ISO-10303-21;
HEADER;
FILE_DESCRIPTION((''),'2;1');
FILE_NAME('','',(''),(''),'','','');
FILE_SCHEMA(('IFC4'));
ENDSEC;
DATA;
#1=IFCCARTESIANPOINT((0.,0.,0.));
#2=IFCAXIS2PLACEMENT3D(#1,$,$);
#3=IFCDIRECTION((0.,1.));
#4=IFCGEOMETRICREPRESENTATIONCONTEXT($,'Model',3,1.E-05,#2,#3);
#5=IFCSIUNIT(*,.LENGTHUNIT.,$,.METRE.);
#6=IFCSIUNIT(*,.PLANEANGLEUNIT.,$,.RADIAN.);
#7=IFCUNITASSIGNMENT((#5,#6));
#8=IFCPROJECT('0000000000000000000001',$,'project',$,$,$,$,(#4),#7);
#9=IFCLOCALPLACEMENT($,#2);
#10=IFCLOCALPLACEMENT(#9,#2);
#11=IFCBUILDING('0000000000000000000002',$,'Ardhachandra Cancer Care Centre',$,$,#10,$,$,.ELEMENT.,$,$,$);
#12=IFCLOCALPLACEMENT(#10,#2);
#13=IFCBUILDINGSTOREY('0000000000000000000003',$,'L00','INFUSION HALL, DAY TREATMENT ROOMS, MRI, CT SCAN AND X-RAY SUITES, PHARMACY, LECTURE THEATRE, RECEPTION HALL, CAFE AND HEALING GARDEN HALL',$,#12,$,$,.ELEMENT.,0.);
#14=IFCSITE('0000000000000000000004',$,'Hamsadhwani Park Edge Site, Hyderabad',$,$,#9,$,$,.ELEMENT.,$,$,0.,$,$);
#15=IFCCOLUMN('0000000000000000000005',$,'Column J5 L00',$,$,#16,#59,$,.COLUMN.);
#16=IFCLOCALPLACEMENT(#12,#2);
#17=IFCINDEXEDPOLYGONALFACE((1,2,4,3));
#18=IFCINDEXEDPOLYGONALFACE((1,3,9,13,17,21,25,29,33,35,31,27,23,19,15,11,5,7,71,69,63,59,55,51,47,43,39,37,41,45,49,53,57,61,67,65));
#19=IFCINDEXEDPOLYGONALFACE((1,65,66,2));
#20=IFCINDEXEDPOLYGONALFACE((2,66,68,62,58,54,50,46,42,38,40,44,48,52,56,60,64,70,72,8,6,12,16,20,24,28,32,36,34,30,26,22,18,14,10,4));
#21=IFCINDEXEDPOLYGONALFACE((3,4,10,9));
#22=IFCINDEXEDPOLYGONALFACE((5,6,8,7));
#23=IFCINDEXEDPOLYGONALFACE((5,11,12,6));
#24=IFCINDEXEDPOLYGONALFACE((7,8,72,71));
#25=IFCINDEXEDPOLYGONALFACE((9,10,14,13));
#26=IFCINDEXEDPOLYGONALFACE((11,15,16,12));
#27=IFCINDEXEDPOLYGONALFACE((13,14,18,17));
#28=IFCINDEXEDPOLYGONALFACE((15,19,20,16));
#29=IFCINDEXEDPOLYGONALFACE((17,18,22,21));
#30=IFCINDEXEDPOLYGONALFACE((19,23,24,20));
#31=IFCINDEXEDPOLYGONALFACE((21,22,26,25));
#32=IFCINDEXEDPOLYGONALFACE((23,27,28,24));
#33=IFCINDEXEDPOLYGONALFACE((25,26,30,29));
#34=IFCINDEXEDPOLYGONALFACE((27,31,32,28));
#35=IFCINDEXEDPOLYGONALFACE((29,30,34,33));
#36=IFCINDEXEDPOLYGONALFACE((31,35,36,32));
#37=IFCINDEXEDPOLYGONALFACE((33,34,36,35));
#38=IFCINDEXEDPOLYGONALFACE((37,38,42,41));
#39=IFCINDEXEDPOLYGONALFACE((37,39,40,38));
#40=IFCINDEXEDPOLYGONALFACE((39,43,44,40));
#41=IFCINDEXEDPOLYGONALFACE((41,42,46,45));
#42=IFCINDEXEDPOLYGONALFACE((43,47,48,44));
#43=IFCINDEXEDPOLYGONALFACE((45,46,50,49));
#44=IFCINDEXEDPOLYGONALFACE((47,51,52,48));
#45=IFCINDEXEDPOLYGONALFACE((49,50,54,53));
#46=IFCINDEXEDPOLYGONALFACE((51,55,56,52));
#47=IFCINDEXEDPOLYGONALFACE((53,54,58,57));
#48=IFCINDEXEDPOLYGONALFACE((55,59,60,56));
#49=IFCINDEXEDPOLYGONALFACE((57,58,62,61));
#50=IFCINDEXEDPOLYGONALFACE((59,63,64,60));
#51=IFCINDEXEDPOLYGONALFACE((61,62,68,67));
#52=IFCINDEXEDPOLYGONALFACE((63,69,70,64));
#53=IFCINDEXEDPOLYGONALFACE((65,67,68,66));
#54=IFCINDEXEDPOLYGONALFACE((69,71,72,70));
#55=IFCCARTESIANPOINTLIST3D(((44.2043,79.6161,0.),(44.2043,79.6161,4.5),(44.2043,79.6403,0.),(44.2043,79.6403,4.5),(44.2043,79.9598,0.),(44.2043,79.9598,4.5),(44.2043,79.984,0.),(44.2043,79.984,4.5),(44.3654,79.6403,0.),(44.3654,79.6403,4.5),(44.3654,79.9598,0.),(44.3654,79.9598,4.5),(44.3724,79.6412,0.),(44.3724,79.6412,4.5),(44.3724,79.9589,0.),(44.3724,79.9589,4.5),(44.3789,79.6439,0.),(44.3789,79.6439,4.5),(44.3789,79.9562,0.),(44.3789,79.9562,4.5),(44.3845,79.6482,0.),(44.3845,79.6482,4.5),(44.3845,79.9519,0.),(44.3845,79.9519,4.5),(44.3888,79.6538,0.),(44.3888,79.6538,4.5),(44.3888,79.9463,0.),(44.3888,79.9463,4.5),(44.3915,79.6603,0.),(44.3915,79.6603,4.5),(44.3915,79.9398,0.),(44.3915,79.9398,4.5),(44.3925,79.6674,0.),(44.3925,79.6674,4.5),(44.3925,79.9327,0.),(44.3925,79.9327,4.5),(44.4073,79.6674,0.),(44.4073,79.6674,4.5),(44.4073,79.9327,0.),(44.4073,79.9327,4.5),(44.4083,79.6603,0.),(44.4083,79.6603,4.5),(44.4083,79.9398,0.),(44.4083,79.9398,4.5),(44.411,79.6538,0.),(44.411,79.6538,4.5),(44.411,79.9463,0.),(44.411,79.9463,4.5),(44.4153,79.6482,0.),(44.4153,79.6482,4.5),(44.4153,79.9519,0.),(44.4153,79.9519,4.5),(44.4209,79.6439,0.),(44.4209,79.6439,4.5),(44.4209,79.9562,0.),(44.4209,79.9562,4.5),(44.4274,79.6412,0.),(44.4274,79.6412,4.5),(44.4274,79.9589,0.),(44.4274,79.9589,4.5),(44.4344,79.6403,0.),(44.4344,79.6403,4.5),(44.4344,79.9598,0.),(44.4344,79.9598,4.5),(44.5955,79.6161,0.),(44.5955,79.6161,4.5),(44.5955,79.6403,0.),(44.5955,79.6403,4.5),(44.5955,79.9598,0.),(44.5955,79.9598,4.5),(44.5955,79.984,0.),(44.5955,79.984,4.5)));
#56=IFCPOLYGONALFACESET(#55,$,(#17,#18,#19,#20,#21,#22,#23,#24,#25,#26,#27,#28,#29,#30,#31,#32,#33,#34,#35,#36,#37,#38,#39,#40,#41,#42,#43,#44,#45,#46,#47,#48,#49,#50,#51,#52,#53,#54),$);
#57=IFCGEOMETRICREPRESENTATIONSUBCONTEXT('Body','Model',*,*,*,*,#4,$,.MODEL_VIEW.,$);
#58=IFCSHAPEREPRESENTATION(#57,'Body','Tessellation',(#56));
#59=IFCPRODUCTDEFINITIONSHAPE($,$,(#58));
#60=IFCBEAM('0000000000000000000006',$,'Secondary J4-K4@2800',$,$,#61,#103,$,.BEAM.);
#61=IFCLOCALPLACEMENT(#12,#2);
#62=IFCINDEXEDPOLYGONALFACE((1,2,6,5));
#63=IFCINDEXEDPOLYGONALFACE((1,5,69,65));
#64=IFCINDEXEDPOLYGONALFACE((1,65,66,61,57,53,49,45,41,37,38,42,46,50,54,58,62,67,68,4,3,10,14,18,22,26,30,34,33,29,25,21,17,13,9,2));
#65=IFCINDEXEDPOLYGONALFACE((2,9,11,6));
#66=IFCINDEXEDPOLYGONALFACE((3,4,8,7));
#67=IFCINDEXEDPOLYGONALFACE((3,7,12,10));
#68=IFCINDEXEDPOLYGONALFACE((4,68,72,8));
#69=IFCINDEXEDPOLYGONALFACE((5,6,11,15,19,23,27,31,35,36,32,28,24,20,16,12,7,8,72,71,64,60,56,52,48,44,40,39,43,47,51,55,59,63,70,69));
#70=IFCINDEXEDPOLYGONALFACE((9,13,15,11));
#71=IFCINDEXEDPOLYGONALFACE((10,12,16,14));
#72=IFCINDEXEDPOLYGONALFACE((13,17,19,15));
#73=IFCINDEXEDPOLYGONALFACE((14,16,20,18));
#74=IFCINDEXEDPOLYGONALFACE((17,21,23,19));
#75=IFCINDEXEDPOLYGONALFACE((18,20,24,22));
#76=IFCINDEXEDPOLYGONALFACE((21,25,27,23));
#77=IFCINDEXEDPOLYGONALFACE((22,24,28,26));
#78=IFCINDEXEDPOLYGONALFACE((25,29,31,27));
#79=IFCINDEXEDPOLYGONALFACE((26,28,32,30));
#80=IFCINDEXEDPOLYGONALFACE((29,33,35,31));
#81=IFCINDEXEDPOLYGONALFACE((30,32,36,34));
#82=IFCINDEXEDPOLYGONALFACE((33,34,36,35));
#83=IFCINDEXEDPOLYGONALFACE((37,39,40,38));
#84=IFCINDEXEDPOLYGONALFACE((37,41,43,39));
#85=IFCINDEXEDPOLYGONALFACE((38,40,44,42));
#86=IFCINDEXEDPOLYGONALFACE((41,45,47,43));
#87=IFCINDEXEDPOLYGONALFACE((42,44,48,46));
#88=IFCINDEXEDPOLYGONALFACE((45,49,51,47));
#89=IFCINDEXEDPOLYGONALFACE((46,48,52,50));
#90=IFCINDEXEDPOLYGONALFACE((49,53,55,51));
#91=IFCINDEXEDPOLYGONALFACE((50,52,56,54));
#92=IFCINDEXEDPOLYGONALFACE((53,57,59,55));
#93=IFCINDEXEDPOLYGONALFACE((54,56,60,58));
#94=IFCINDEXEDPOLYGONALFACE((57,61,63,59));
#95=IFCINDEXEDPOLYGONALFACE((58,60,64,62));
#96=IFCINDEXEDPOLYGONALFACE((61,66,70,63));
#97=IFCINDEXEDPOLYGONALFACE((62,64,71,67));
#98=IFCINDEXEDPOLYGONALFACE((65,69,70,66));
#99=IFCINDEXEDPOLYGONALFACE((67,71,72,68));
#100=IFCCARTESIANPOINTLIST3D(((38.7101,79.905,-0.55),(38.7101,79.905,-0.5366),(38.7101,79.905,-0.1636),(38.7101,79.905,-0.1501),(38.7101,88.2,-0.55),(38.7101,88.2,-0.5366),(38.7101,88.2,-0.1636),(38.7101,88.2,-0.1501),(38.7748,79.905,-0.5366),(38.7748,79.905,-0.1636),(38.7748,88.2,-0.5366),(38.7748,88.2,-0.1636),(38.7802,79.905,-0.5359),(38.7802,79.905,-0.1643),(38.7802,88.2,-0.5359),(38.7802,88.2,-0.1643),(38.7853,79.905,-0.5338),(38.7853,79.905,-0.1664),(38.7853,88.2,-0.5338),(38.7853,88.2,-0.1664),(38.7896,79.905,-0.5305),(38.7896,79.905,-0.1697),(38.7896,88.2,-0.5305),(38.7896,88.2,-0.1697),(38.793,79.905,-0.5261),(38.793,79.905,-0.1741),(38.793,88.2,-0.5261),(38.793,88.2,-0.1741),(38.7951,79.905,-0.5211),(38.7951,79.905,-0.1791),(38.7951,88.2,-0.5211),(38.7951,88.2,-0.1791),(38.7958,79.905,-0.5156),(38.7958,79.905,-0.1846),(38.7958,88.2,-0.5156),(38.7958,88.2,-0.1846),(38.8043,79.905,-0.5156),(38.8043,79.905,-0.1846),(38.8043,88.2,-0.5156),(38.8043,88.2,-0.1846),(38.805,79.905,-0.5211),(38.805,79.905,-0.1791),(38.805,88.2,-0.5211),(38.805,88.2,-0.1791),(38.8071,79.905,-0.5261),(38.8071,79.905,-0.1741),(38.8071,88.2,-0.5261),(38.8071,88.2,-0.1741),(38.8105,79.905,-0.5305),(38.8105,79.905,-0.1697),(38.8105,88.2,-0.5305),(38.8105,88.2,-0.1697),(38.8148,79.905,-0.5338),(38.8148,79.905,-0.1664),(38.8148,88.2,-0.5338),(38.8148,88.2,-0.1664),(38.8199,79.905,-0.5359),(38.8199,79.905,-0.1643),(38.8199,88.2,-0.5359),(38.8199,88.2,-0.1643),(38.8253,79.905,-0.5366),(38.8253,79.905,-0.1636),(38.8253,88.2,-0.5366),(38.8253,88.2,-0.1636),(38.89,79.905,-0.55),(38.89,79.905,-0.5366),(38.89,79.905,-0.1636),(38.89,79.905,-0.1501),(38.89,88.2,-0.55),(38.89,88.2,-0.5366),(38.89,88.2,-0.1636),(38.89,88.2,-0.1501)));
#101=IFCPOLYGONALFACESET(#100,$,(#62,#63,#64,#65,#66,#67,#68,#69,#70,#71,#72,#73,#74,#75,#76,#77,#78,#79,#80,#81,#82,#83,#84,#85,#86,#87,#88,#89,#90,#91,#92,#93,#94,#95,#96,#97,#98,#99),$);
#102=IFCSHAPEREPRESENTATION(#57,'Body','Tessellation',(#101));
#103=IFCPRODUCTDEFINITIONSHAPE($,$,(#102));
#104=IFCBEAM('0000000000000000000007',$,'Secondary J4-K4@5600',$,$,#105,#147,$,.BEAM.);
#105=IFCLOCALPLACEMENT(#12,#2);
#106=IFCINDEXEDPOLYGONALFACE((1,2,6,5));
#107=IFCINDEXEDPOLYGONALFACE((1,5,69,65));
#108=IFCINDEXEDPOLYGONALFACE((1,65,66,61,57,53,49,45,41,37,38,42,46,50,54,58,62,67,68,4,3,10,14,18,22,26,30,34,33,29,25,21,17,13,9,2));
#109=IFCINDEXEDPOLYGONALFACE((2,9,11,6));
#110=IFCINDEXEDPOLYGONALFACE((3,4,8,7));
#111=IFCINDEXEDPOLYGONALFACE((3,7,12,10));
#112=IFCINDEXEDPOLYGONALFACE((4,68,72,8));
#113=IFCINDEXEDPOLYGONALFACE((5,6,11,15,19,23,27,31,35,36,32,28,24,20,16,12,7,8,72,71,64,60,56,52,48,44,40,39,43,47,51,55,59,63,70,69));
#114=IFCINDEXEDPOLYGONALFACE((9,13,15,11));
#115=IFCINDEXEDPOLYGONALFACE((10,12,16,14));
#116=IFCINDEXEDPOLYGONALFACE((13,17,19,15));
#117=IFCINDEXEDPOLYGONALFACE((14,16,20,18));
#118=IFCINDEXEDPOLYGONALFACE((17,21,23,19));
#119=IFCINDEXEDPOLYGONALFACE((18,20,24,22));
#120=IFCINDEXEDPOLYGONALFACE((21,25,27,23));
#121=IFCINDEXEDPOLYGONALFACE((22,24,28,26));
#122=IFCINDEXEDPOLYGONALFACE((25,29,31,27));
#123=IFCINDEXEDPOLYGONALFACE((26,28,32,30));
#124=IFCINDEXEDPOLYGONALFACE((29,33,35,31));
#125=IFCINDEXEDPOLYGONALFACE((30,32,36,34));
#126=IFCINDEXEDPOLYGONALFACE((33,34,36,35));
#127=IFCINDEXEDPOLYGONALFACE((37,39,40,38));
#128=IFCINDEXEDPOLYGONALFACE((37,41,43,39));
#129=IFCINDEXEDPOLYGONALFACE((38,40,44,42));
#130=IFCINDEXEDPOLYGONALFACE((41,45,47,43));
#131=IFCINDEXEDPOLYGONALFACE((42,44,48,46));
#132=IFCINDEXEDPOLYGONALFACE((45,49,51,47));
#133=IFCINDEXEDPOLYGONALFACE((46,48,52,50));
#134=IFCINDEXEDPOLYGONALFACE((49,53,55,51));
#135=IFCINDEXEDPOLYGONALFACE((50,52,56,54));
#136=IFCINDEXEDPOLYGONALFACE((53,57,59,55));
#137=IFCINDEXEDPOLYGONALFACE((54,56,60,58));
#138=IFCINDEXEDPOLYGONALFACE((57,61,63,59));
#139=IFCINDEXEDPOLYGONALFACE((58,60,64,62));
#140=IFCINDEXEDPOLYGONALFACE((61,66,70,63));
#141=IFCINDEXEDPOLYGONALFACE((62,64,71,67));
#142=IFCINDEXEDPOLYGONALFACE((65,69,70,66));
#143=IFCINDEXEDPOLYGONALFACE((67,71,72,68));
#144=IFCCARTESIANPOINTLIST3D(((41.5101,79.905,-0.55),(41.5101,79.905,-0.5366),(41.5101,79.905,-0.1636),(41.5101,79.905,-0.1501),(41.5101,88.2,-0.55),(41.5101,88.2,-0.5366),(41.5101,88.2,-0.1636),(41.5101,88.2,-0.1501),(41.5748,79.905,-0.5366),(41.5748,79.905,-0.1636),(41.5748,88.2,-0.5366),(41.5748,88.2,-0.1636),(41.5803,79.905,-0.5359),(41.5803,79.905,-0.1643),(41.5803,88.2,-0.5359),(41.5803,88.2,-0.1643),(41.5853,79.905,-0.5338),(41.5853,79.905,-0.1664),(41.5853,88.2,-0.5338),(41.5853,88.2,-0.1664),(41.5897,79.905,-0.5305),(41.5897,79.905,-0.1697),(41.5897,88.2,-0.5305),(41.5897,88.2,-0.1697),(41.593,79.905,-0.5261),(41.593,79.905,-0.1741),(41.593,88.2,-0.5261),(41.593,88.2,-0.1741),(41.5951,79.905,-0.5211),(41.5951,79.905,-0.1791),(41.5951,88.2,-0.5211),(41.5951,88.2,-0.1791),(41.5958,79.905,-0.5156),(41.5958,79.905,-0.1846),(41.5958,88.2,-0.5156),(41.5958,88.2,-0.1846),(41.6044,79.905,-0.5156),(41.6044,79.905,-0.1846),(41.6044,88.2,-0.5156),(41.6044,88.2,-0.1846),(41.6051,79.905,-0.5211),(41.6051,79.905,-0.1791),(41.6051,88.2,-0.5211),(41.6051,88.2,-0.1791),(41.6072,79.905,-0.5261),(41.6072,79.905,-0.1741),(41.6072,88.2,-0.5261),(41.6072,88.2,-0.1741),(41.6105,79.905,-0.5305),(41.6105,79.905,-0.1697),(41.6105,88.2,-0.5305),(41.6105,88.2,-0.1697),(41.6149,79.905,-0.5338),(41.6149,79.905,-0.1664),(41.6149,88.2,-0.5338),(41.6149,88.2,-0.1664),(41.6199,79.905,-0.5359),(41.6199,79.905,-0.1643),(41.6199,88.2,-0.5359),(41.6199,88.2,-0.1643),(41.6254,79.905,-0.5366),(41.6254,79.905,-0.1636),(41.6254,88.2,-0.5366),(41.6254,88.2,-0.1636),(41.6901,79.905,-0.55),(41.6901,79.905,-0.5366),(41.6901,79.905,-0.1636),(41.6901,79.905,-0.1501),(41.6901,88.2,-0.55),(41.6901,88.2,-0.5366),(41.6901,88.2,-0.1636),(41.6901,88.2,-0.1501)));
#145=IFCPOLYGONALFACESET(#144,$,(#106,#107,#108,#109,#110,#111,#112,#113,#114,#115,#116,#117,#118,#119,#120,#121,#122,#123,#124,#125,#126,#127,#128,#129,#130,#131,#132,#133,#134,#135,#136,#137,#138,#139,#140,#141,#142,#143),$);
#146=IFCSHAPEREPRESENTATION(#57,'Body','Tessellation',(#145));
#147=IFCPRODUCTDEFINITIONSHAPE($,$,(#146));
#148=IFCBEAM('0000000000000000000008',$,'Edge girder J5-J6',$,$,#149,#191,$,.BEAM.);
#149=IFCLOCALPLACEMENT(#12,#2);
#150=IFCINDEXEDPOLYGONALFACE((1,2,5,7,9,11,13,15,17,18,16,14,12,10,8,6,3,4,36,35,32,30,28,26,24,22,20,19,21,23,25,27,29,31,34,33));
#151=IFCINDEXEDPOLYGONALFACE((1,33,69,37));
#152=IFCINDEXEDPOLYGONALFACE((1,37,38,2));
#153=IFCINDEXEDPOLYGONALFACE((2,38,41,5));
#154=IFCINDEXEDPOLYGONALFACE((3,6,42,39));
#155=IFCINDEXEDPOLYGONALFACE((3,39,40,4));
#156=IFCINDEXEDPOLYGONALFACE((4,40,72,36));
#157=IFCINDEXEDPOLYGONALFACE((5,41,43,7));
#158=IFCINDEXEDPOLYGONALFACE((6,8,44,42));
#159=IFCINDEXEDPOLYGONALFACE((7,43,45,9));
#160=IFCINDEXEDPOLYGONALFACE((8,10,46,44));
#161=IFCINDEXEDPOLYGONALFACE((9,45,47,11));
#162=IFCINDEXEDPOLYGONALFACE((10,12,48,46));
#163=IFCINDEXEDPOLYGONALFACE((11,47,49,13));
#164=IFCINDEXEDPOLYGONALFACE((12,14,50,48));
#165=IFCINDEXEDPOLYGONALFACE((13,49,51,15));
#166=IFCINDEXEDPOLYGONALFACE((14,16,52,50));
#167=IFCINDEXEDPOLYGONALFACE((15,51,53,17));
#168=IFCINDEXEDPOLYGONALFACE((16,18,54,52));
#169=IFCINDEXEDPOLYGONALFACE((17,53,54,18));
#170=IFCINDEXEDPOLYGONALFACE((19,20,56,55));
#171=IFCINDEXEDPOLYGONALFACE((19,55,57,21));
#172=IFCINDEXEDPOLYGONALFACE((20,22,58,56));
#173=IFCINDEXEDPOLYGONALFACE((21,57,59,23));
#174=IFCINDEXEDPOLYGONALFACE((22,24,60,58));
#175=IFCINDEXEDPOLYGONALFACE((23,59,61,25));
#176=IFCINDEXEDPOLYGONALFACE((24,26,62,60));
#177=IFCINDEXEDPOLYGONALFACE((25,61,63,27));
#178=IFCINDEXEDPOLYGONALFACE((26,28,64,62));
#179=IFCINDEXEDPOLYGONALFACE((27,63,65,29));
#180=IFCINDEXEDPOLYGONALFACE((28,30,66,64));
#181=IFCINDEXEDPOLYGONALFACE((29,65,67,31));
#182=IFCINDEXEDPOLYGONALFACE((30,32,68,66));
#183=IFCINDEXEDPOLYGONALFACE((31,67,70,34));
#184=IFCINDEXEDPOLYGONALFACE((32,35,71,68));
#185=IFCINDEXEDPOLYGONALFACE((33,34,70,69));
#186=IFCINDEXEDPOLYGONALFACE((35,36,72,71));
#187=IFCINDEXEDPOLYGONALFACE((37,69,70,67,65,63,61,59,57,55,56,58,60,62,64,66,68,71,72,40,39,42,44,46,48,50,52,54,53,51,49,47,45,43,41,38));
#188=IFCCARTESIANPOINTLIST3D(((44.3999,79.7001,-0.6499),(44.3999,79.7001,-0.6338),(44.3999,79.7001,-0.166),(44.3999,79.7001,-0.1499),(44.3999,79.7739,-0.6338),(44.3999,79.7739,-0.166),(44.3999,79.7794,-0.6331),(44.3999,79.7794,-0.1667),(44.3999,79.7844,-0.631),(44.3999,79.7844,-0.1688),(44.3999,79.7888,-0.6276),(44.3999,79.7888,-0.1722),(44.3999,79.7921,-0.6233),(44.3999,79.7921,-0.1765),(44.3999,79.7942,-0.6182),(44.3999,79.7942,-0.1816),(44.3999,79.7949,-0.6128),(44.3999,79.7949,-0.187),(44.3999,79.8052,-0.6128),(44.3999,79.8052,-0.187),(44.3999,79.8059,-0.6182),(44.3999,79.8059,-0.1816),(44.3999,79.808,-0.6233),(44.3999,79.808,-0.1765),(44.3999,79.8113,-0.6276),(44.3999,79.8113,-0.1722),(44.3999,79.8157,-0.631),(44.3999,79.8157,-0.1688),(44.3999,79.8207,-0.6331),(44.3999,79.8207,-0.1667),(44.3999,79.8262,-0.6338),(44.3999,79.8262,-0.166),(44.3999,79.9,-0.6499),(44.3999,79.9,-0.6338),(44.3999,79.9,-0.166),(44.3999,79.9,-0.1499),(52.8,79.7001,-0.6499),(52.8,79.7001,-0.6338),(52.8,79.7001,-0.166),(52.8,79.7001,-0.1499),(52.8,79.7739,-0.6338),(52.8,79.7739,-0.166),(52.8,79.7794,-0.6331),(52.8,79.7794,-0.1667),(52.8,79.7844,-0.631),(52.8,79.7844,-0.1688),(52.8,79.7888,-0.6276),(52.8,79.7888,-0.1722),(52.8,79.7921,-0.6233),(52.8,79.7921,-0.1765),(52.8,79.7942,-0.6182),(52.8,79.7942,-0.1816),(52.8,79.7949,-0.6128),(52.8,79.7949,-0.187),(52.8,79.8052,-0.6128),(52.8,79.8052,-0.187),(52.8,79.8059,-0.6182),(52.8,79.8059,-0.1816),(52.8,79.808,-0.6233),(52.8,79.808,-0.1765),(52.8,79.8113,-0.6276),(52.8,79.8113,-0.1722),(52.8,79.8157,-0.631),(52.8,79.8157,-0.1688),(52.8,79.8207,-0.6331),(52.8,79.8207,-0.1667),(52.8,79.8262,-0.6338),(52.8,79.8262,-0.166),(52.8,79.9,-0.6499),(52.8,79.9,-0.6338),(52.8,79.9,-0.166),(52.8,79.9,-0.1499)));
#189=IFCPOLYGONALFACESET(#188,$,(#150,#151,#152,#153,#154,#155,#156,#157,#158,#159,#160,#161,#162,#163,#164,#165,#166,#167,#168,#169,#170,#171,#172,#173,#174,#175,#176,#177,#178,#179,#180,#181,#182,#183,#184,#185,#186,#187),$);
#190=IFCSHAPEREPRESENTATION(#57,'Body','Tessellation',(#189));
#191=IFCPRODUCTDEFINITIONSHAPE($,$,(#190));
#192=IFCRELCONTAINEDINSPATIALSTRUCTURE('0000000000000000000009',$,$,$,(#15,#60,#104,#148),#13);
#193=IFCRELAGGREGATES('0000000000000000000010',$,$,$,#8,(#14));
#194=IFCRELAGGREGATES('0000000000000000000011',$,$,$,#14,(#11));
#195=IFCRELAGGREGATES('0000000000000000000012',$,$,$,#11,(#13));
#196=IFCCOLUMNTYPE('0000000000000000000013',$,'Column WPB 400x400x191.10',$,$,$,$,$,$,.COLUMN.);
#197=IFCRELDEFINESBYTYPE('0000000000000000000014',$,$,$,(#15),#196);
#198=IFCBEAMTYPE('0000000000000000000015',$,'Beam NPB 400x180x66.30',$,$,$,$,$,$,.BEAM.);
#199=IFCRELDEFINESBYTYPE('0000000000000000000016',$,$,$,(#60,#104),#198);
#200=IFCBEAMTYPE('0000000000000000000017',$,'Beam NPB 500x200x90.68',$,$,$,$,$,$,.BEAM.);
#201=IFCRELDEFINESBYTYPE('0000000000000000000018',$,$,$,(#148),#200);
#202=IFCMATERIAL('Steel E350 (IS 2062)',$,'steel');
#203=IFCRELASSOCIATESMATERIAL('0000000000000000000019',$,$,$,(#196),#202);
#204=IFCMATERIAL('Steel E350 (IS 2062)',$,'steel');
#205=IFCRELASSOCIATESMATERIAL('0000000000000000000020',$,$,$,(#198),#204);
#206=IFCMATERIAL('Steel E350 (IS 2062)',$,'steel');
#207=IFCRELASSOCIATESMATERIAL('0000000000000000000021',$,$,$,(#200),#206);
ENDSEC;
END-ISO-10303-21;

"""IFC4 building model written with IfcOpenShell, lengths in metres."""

from ifc_helpers import new_model, si_unit, direction, frame, origin, origin_2d, place, context, subcontext, project, spatial, i_section, extrude, material, material_profile, profile_set, type_object, element, save


model = new_model("IFC4")

# Units and contexts
model_context = context("Model", 3, precision=1e-05, world=origin(), true_north=direction((0.0, 1.0)))
body_context = subcontext(model_context, "Body", "Model", "MODEL_VIEW")
ifc_project = project(units=[si_unit("LENGTHUNIT", "METRE"), si_unit("PLANEANGLEUNIT", "RADIAN")], contexts=[model_context])

# Site, building, storey
site_placement = place(None, origin())
site = spatial("IfcSite", under=ifc_project, at=site_placement, Name="Hamsadhwani Park Edge Site, Hyderabad", CompositionType="ELEMENT", RefElevation=0.0)
building_placement = place(site_placement, origin())
building = spatial("IfcBuilding", under=site, at=building_placement, Name="Ardhachandra Cancer Care Centre", CompositionType="ELEMENT")
storey_placement = place(building_placement, origin())
storey = spatial("IfcBuildingStorey", under=building, at=storey_placement, Name="L00", Description="INFUSION HALL, DAY TREATMENT ROOMS, MRI, CT SCAN AND X-RAY SUITES, PHARMACY, LECTURE THEATRE, RECEPTION HALL, CAFE AND HEALING GARDEN HALL", CompositionType="ELEMENT", Elevation=0.0)

# Column
ifc_material_1 = material(Name="Steel E350 (IS 2062)", Category="steel")
ifc_material_profile_1 = material_profile(ifc_material_1, i_section(OverallWidth=0.3911, OverallDepth=0.3679, WebThickness=0.0149, FlangeThickness=0.0242, FilletRadius=0.0271, at=origin_2d()), Name="WPB 400x400x191.10")
ifc_profile_set_1 = profile_set([ifc_material_profile_1], Name="Steel E350 (IS 2062)")
column_type = type_object("IfcColumnType", Name="Column WPB 400x400x191.10", PredefinedType="COLUMN", material=ifc_profile_set_1)
column_placement = place(storey_placement, frame((44.3999, 79.8, 0.0), z_axis=(0.0, 0.0, 1.0), x_axis=(1.0, 0.0, 0.0)))
element("IfcColumn", 1, at=column_placement, inside=storey, type_object=column_type, Name="Column J5 L00", PredefinedType="COLUMN", context=body_context, shape_type="SweptSolid", body=[
    extrude(i_section(OverallWidth=0.3911, OverallDepth=0.3679, WebThickness=0.0149, FlangeThickness=0.0242, FilletRadius=0.0271, at=origin_2d()), origin(), (0.0, 0.0, 1.0), 4.5),
])

# Beams
ifc_material_2 = material(Name="Steel E350 (IS 2062)", Category="steel")
ifc_material_profile_2 = material_profile(ifc_material_2, i_section(OverallWidth=0.1799, OverallDepth=0.3999, WebThickness=0.0085, FlangeThickness=0.0134, FilletRadius=0.021, at=origin_2d()), Name="NPB 400x180x66.30")
ifc_profile_set_2 = profile_set([ifc_material_profile_2], Name="Steel E350 (IS 2062)")
beam_type_1 = type_object("IfcBeamType", Name="Beam NPB 400x180x66.30", PredefinedType="BEAM", material=ifc_profile_set_2)
for number, where, z_axis, x_axis, name in (
    (2, (38.8, 79.905, -0.3501), (0.0, 1.0, 0.0), (-1.0, 0.0, 0.0), "Secondary J4-K4@2800"),
    (3, (41.6001, 79.905, -0.3501), (0.0, 1.0, 0.0), (-1.0, 0.0, 0.0), "Secondary J4-K4@5600"),
):
    element("IfcBeam", number, at=place(storey_placement, frame(where, z_axis=z_axis, x_axis=x_axis)), inside=storey, type_object=beam_type_1, Name=name, PredefinedType="BEAM", context=body_context, shape_type="SweptSolid", body=[
        extrude(i_section(OverallWidth=0.1799, OverallDepth=0.3999, WebThickness=0.0085, FlangeThickness=0.0134, FilletRadius=0.021, at=origin_2d()), origin(), (0.0, 0.0, 1.0), 8.2949),
    ])
ifc_material_3 = material(Name="Steel E350 (IS 2062)", Category="steel")
ifc_material_profile_3 = material_profile(ifc_material_3, i_section(OverallWidth=0.2, OverallDepth=0.5, WebThickness=0.0103, FlangeThickness=0.0161, FilletRadius=0.021, at=origin_2d()), Name="NPB 500x200x90.68")
ifc_profile_set_3 = profile_set([ifc_material_profile_3], Name="Steel E350 (IS 2062)")
beam_type_2 = type_object("IfcBeamType", Name="Beam NPB 500x200x90.68", PredefinedType="BEAM", material=ifc_profile_set_3)
beam_1_placement = place(storey_placement, frame((44.3999, 79.8, -0.3999), z_axis=(1.0, 0.0, 0.0), x_axis=(0.0, 1.0, 0.0)))
element("IfcBeam", 4, at=beam_1_placement, inside=storey, type_object=beam_type_2, Name="Edge girder J5-J6", PredefinedType="BEAM", context=body_context, shape_type="SweptSolid", body=[
    extrude(i_section(OverallWidth=0.2, OverallDepth=0.5, WebThickness=0.0103, FlangeThickness=0.0161, FilletRadius=0.021, at=origin_2d()), origin(), (0.0, 0.0, 1.0), 8.4001),
])

save(model, "model.ifc")
